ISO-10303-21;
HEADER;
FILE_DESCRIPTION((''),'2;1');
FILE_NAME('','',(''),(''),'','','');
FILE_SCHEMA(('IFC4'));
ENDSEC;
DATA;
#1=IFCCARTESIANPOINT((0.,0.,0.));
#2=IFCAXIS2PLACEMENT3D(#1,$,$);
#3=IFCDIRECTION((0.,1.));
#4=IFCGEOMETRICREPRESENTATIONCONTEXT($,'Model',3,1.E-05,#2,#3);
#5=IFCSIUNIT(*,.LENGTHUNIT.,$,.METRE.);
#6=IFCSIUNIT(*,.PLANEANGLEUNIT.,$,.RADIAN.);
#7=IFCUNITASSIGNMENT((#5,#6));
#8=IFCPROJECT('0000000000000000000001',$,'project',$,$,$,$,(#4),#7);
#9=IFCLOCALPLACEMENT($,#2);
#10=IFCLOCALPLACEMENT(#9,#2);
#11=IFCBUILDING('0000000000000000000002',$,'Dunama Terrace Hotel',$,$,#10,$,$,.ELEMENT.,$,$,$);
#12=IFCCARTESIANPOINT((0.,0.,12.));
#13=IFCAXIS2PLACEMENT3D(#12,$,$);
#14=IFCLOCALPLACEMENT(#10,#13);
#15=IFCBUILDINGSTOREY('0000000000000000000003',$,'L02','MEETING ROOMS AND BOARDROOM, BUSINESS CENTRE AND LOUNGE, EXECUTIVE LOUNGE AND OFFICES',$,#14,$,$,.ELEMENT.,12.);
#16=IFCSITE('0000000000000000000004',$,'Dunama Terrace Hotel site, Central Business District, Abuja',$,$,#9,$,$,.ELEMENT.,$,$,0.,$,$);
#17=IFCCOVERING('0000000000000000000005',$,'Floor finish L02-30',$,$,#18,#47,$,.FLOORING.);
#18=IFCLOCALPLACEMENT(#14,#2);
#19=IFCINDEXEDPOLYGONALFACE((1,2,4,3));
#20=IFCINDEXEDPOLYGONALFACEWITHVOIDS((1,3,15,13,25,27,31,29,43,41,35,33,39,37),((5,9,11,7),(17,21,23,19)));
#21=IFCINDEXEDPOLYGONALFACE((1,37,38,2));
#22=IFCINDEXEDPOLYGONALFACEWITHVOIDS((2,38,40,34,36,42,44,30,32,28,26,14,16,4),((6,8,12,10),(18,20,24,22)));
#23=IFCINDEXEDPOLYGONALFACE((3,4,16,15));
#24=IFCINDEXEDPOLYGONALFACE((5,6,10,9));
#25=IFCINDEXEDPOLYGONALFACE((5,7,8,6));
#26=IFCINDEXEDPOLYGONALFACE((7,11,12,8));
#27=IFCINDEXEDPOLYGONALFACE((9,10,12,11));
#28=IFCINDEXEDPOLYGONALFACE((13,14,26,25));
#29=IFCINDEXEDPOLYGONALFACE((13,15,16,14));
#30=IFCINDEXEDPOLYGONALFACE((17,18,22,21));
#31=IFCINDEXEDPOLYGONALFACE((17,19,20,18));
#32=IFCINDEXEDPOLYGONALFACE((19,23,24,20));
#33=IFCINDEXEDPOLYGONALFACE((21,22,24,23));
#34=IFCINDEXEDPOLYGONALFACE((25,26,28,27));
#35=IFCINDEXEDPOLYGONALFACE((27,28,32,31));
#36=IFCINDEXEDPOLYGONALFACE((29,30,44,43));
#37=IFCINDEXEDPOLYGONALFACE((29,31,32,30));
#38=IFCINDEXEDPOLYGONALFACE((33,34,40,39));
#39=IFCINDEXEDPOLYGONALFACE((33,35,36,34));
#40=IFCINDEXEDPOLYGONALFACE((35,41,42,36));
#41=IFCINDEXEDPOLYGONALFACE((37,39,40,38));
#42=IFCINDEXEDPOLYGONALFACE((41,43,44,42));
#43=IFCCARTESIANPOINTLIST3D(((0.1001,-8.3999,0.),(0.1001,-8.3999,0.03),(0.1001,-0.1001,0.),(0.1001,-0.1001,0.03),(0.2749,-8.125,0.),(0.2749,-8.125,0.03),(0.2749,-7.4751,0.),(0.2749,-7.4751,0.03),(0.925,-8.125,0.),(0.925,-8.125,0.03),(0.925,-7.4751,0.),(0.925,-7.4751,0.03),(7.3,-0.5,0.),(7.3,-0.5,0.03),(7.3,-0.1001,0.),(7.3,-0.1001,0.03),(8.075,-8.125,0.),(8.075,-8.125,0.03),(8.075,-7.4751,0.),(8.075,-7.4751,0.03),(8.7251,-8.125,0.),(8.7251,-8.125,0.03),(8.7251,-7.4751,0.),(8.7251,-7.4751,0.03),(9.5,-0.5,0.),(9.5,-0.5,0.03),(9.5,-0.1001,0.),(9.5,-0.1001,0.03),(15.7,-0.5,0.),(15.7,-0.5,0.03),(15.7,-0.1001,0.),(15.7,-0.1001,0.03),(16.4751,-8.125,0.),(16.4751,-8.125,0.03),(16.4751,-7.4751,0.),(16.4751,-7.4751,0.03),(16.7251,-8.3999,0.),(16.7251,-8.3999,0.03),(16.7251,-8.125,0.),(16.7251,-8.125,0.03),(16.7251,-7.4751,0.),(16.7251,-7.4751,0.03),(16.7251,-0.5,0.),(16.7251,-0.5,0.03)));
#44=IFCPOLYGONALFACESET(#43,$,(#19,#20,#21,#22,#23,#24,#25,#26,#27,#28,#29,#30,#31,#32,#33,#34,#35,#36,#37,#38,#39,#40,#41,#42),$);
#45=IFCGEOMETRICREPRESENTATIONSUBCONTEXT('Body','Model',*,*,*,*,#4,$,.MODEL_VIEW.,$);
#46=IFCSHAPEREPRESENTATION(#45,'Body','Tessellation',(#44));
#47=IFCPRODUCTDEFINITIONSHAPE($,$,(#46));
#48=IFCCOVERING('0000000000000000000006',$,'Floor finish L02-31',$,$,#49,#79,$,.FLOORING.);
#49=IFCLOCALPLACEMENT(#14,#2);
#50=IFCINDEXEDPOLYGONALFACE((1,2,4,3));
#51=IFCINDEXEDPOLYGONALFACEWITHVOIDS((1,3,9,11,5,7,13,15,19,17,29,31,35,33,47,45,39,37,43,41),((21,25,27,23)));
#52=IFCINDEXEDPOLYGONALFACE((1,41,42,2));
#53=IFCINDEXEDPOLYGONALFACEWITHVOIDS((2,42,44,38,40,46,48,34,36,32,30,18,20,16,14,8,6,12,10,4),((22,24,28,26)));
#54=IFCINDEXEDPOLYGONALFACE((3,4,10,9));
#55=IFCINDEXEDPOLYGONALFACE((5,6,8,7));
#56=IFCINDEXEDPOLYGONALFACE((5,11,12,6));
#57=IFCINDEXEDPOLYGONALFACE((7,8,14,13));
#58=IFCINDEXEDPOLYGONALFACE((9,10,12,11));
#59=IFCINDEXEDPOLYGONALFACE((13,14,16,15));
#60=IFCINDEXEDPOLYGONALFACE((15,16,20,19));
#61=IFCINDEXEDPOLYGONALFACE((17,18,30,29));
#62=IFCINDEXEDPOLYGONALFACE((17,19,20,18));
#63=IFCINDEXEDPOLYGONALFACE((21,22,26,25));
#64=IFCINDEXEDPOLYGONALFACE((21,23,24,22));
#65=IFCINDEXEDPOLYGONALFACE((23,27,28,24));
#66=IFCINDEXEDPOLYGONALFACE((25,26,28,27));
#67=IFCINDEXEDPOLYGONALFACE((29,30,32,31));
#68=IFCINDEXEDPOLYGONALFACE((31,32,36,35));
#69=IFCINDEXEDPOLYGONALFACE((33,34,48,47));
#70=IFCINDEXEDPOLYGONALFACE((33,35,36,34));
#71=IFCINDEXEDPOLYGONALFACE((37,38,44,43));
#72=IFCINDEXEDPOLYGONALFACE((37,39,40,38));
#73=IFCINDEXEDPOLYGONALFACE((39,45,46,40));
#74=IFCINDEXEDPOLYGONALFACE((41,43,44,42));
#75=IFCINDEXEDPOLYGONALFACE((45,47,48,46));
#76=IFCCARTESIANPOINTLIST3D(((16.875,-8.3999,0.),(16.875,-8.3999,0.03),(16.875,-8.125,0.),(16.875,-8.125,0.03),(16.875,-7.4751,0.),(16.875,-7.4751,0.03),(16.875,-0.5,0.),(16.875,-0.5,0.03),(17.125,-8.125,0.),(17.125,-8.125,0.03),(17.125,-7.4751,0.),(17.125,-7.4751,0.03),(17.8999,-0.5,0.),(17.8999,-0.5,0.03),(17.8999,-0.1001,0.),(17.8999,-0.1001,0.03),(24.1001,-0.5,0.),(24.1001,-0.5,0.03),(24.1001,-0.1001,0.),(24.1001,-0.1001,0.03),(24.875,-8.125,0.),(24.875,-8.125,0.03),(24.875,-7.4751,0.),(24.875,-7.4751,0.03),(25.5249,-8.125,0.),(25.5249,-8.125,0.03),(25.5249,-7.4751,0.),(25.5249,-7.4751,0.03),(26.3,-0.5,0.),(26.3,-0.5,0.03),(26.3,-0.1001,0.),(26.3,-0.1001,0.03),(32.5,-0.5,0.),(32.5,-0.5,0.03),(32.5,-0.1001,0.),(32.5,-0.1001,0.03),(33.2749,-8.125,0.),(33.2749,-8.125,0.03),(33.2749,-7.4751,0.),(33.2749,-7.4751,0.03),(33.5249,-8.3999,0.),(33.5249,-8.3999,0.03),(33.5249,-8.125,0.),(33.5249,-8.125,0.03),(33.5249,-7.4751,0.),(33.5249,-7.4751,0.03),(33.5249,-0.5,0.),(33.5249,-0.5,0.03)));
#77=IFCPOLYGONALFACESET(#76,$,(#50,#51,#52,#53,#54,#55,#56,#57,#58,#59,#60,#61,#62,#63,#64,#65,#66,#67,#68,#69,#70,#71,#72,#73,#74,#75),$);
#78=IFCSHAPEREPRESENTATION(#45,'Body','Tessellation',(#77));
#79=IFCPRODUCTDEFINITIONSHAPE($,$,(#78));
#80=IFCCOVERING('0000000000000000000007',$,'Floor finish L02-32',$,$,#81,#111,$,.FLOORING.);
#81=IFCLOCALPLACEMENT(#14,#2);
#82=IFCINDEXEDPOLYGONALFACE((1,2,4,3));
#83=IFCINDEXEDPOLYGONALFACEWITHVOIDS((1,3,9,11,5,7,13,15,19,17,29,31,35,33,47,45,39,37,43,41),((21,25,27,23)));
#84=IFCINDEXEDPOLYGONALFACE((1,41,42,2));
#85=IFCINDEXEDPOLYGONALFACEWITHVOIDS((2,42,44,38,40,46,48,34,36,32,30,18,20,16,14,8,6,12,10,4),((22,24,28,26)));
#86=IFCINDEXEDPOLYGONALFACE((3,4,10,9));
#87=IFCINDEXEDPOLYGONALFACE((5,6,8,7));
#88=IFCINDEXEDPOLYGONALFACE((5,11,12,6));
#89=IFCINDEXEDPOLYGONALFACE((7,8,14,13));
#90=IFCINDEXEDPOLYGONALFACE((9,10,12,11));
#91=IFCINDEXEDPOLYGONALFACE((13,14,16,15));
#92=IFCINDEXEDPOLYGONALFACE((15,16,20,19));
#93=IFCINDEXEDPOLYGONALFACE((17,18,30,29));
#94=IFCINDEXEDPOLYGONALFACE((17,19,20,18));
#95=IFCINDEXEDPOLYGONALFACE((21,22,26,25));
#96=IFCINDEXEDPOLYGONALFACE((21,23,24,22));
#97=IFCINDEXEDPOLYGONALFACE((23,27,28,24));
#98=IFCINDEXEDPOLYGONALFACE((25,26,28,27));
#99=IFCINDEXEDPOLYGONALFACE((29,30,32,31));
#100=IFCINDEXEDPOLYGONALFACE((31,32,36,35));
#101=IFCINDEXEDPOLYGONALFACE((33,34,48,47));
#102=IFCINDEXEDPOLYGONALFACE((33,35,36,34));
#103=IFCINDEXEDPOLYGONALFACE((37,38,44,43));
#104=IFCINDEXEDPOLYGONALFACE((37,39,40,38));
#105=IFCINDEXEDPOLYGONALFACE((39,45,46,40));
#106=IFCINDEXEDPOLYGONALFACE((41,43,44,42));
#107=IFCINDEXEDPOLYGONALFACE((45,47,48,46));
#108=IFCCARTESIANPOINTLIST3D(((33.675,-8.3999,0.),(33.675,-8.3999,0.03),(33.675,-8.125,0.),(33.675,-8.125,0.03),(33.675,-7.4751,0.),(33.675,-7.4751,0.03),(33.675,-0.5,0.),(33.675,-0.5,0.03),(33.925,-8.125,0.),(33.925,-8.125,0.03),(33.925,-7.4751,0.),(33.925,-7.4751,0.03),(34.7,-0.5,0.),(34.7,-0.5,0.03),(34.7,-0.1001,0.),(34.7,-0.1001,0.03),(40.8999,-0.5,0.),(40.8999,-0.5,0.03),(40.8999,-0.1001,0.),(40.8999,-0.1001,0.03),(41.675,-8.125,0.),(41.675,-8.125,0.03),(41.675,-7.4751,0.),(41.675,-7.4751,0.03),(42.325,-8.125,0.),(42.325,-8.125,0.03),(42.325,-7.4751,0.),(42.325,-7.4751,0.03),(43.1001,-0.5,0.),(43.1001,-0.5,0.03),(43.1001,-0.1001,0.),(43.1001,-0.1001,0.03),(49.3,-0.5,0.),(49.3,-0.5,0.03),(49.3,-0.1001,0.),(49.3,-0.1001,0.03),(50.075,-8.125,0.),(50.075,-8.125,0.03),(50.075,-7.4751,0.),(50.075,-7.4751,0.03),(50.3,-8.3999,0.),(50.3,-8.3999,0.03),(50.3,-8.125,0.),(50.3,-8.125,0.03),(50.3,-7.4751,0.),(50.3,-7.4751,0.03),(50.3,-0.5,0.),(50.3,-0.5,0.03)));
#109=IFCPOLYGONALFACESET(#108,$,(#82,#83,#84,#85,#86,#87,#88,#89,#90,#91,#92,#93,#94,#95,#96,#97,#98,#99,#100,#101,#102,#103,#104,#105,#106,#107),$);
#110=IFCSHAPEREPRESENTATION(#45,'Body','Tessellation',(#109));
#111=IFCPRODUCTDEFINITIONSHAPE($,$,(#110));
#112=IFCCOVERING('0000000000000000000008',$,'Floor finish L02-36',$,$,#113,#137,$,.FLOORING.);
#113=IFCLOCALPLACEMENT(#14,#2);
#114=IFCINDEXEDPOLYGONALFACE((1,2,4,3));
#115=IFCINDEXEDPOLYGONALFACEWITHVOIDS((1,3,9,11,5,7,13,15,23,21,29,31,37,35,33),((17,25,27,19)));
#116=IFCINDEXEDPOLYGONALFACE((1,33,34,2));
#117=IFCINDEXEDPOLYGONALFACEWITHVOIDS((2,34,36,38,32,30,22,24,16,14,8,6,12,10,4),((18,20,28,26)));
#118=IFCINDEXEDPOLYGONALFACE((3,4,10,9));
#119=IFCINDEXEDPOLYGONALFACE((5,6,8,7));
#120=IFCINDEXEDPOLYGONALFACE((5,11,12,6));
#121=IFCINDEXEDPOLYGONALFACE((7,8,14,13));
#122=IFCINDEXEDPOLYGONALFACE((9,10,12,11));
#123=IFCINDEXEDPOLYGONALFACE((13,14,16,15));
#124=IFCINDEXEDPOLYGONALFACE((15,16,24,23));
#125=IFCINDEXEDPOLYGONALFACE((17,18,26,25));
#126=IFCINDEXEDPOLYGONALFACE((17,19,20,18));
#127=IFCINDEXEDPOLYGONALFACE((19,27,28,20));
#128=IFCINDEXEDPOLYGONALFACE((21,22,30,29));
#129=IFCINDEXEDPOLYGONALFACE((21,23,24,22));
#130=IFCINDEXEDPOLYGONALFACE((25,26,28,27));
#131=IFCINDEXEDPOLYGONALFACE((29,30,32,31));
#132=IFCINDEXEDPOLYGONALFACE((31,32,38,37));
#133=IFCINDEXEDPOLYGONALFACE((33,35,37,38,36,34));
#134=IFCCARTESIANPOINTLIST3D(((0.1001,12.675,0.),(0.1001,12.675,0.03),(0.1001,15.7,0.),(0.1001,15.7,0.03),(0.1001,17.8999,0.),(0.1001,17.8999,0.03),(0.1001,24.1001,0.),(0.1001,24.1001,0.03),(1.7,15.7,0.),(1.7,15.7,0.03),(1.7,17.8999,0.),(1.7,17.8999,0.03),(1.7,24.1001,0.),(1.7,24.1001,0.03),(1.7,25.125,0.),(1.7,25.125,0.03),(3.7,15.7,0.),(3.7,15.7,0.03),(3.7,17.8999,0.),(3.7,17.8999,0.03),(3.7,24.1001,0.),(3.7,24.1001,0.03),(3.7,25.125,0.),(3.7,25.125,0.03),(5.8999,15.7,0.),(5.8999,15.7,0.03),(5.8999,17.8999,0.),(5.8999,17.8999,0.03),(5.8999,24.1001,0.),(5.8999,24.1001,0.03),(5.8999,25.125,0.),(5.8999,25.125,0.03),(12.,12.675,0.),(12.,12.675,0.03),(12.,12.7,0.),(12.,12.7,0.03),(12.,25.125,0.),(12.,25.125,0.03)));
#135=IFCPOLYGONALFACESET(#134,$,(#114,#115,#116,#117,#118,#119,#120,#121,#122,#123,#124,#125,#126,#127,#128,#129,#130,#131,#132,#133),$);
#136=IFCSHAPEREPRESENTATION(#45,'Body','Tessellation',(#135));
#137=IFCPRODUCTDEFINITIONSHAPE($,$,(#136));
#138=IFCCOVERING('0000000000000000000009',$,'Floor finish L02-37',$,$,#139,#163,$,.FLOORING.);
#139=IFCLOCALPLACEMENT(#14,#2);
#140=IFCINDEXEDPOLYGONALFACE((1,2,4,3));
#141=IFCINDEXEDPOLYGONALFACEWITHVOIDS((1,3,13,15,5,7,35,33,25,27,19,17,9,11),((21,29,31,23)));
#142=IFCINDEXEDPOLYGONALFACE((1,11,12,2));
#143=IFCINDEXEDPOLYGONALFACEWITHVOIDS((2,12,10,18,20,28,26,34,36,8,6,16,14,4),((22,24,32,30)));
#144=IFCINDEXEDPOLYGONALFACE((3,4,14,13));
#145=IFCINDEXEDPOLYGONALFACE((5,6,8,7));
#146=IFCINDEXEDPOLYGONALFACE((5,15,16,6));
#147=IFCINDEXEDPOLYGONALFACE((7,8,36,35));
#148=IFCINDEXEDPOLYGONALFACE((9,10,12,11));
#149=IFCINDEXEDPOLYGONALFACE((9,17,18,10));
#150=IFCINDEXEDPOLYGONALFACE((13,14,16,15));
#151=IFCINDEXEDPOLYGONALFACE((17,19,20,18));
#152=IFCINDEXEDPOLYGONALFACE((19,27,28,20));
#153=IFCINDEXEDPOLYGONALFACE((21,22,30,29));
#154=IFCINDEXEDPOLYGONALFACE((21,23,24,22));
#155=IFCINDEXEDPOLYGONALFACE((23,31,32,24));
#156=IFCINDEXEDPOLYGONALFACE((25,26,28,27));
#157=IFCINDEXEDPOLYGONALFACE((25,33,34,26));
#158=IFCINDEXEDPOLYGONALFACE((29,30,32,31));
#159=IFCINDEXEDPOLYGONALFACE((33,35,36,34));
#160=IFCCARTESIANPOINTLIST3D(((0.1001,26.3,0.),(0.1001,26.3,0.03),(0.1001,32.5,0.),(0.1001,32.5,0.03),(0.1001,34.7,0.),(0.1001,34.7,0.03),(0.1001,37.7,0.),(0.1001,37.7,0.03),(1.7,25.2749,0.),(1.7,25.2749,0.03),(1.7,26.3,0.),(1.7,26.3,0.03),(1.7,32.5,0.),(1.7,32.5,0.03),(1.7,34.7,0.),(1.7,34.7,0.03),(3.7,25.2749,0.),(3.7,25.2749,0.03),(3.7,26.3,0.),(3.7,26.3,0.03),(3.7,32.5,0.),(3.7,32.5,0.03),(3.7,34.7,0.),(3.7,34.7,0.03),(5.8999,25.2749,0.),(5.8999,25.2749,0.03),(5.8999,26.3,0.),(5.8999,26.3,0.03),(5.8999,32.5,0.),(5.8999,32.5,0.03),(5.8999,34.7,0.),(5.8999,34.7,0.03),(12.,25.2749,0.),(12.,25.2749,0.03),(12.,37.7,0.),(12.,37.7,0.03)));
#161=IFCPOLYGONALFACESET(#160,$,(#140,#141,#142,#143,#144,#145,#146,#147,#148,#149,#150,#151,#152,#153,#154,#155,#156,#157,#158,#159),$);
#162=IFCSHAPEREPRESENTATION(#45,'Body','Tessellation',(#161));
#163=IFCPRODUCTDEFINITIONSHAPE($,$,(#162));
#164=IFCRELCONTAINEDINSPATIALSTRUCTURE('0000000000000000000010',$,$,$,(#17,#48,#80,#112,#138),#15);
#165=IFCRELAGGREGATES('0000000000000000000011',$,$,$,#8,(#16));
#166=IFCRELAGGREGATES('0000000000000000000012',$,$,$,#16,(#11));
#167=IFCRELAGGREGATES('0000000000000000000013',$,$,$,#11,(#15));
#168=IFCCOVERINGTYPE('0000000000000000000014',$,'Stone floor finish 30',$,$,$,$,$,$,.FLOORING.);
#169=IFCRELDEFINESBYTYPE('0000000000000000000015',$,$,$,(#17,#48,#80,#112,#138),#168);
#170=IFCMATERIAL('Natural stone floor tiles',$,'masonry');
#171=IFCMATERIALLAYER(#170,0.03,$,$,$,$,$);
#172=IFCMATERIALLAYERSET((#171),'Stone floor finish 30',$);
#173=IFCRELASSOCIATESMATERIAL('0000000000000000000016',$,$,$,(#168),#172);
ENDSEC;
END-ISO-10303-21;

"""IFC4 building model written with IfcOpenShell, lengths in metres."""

from ifc_helpers import new_model, si_unit, direction, frame, origin, place, context, subcontext, project, spatial, polyline, outline, extrude, material, layer, layer_set, type_object, element, save


model = new_model("IFC4")

# Units and contexts
model_context = context("Model", 3, precision=1e-05, world=origin(), true_north=direction((0.0, 1.0)))
body_context = subcontext(model_context, "Body", "Model", "MODEL_VIEW")
ifc_project = project(units=[si_unit("LENGTHUNIT", "METRE"), si_unit("PLANEANGLEUNIT", "RADIAN")], contexts=[model_context])

# Site, building, storey
site_placement = place(None, origin())
site = spatial("IfcSite", under=ifc_project, at=site_placement, Name="Dunama Terrace Hotel site, Central Business District, Abuja", CompositionType="ELEMENT", RefElevation=0.0)
building_placement = place(site_placement, origin())
building = spatial("IfcBuilding", under=site, at=building_placement, Name="Dunama Terrace Hotel", CompositionType="ELEMENT")
storey_placement = place(building_placement, frame((0.0, 0.0, 12.0)))
storey = spatial("IfcBuildingStorey", under=building, at=storey_placement, Name="L02", Description="MEETING ROOMS AND BOARDROOM, BUSINESS CENTRE AND LOUNGE, EXECUTIVE LOUNGE AND OFFICES", CompositionType="ELEMENT", Elevation=12.0)

# Coverings
ifc_material_1 = material(Name="Natural stone floor tiles", Category="masonry")
ifc_layer_1 = layer(ifc_material_1, 0.03)
ifc_layer_set_1 = layer_set([ifc_layer_1], Name="Stone floor finish 30")
covering_type_1 = type_object("IfcCoveringType", Name="Stone floor finish 30", PredefinedType="FLOORING", material=ifc_layer_set_1)
covering_1_placement = place(storey_placement, origin())
element("IfcCovering", 1, at=covering_1_placement, inside=storey, type_object=covering_type_1, Name="Floor finish L02-30", PredefinedType="FLOORING", context=body_context, shape_type="SweptSolid", body=[
    extrude(outline(polyline([(0.1001, -8.3999), (16.7251, -8.3999), (16.7251, -8.125), (16.4751, -8.125), (16.4751, -7.4751), (16.7251, -7.4751), (16.7251, -0.5), (15.7, -0.5), (15.7, -0.1001), (9.5, -0.1001), (9.5, -0.5), (7.3, -0.5), (7.3, -0.1001), (0.1001, -0.1001), (0.1001, -8.3999)]), holes=[polyline([(0.925, -7.4751), (0.925, -8.125), (0.2749, -8.125), (0.2749, -7.4751), (0.925, -7.4751)]), polyline([(8.7251, -7.4751), (8.7251, -8.125), (8.075, -8.125), (8.075, -7.4751), (8.7251, -7.4751)])]), origin(), (0.0, 0.0, 1.0), 0.03),
])
covering_2_placement = place(storey_placement, origin())
element("IfcCovering", 2, at=covering_2_placement, inside=storey, type_object=covering_type_1, Name="Floor finish L02-31", PredefinedType="FLOORING", context=body_context, shape_type="SweptSolid", body=[
    extrude(outline(polyline([(16.875, -8.3999), (33.5249, -8.3999), (33.5249, -8.125), (33.2749, -8.125), (33.2749, -7.4751), (33.5249, -7.4751), (33.5249, -0.5), (32.5, -0.5), (32.5, -0.1001), (26.3, -0.1001), (26.3, -0.5), (24.1001, -0.5), (24.1001, -0.1001), (17.8999, -0.1001), (17.8999, -0.5), (16.875, -0.5), (16.875, -7.4751), (17.125, -7.4751), (17.125, -8.125), (16.875, -8.125), (16.875, -8.3999)]), holes=[polyline([(25.5249, -7.4751), (25.5249, -8.125), (24.875, -8.125), (24.875, -7.4751), (25.5249, -7.4751)])]), origin(), (0.0, 0.0, 1.0), 0.03),
])
covering_3_placement = place(storey_placement, origin())
element("IfcCovering", 3, at=covering_3_placement, inside=storey, type_object=covering_type_1, Name="Floor finish L02-32", PredefinedType="FLOORING", context=body_context, shape_type="SweptSolid", body=[
    extrude(outline(polyline([(33.675, -8.3999), (50.3, -8.3999), (50.3, -8.125), (50.075, -8.125), (50.075, -7.4751), (50.3, -7.4751), (50.3, -0.5), (49.3, -0.5), (49.3, -0.1001), (43.1001, -0.1001), (43.1001, -0.5), (40.8999, -0.5), (40.8999, -0.1001), (34.7, -0.1001), (34.7, -0.5), (33.675, -0.5), (33.675, -7.4751), (33.925, -7.4751), (33.925, -8.125), (33.675, -8.125), (33.675, -8.3999)]), holes=[polyline([(42.325, -7.4751), (42.325, -8.125), (41.675, -8.125), (41.675, -7.4751), (42.325, -7.4751)])]), origin(), (0.0, 0.0, 1.0), 0.03),
])
covering_4_placement = place(storey_placement, origin())
element("IfcCovering", 4, at=covering_4_placement, inside=storey, type_object=covering_type_1, Name="Floor finish L02-36", PredefinedType="FLOORING", context=body_context, shape_type="SweptSolid", body=[
    extrude(outline(polyline([(5.8999, 24.1001), (3.7, 24.1001), (3.7, 25.125), (1.7, 25.125), (1.7, 24.1001), (0.1001, 24.1001), (0.1001, 17.8999), (1.7, 17.8999), (1.7, 15.7), (0.1001, 15.7), (0.1001, 12.675), (12.0, 12.675), (12.0, 12.7), (12.0, 25.125), (5.8999, 25.125), (5.8999, 24.1001)]), holes=[polyline([(5.8999, 17.8999), (5.8999, 15.7), (3.7, 15.7), (3.7, 17.8999), (5.8999, 17.8999)])]), origin(), (0.0, 0.0, 1.0), 0.03),
])
covering_5_placement = place(storey_placement, origin())
element("IfcCovering", 5, at=covering_5_placement, inside=storey, type_object=covering_type_1, Name="Floor finish L02-37", PredefinedType="FLOORING", context=body_context, shape_type="SweptSolid", body=[
    extrude(outline(polyline([(0.1001, 37.7), (0.1001, 34.7), (1.7, 34.7), (1.7, 32.5), (0.1001, 32.5), (0.1001, 26.3), (1.7, 26.3), (1.7, 25.2749), (3.7, 25.2749), (3.7, 26.3), (5.8999, 26.3), (5.8999, 25.2749), (12.0, 25.2749), (12.0, 37.7), (0.1001, 37.7)]), holes=[polyline([(3.7, 34.7), (5.8999, 34.7), (5.8999, 32.5), (3.7, 32.5), (3.7, 34.7)])]), origin(), (0.0, 0.0, 1.0), 0.03),
])

save(model, "model.ifc")
